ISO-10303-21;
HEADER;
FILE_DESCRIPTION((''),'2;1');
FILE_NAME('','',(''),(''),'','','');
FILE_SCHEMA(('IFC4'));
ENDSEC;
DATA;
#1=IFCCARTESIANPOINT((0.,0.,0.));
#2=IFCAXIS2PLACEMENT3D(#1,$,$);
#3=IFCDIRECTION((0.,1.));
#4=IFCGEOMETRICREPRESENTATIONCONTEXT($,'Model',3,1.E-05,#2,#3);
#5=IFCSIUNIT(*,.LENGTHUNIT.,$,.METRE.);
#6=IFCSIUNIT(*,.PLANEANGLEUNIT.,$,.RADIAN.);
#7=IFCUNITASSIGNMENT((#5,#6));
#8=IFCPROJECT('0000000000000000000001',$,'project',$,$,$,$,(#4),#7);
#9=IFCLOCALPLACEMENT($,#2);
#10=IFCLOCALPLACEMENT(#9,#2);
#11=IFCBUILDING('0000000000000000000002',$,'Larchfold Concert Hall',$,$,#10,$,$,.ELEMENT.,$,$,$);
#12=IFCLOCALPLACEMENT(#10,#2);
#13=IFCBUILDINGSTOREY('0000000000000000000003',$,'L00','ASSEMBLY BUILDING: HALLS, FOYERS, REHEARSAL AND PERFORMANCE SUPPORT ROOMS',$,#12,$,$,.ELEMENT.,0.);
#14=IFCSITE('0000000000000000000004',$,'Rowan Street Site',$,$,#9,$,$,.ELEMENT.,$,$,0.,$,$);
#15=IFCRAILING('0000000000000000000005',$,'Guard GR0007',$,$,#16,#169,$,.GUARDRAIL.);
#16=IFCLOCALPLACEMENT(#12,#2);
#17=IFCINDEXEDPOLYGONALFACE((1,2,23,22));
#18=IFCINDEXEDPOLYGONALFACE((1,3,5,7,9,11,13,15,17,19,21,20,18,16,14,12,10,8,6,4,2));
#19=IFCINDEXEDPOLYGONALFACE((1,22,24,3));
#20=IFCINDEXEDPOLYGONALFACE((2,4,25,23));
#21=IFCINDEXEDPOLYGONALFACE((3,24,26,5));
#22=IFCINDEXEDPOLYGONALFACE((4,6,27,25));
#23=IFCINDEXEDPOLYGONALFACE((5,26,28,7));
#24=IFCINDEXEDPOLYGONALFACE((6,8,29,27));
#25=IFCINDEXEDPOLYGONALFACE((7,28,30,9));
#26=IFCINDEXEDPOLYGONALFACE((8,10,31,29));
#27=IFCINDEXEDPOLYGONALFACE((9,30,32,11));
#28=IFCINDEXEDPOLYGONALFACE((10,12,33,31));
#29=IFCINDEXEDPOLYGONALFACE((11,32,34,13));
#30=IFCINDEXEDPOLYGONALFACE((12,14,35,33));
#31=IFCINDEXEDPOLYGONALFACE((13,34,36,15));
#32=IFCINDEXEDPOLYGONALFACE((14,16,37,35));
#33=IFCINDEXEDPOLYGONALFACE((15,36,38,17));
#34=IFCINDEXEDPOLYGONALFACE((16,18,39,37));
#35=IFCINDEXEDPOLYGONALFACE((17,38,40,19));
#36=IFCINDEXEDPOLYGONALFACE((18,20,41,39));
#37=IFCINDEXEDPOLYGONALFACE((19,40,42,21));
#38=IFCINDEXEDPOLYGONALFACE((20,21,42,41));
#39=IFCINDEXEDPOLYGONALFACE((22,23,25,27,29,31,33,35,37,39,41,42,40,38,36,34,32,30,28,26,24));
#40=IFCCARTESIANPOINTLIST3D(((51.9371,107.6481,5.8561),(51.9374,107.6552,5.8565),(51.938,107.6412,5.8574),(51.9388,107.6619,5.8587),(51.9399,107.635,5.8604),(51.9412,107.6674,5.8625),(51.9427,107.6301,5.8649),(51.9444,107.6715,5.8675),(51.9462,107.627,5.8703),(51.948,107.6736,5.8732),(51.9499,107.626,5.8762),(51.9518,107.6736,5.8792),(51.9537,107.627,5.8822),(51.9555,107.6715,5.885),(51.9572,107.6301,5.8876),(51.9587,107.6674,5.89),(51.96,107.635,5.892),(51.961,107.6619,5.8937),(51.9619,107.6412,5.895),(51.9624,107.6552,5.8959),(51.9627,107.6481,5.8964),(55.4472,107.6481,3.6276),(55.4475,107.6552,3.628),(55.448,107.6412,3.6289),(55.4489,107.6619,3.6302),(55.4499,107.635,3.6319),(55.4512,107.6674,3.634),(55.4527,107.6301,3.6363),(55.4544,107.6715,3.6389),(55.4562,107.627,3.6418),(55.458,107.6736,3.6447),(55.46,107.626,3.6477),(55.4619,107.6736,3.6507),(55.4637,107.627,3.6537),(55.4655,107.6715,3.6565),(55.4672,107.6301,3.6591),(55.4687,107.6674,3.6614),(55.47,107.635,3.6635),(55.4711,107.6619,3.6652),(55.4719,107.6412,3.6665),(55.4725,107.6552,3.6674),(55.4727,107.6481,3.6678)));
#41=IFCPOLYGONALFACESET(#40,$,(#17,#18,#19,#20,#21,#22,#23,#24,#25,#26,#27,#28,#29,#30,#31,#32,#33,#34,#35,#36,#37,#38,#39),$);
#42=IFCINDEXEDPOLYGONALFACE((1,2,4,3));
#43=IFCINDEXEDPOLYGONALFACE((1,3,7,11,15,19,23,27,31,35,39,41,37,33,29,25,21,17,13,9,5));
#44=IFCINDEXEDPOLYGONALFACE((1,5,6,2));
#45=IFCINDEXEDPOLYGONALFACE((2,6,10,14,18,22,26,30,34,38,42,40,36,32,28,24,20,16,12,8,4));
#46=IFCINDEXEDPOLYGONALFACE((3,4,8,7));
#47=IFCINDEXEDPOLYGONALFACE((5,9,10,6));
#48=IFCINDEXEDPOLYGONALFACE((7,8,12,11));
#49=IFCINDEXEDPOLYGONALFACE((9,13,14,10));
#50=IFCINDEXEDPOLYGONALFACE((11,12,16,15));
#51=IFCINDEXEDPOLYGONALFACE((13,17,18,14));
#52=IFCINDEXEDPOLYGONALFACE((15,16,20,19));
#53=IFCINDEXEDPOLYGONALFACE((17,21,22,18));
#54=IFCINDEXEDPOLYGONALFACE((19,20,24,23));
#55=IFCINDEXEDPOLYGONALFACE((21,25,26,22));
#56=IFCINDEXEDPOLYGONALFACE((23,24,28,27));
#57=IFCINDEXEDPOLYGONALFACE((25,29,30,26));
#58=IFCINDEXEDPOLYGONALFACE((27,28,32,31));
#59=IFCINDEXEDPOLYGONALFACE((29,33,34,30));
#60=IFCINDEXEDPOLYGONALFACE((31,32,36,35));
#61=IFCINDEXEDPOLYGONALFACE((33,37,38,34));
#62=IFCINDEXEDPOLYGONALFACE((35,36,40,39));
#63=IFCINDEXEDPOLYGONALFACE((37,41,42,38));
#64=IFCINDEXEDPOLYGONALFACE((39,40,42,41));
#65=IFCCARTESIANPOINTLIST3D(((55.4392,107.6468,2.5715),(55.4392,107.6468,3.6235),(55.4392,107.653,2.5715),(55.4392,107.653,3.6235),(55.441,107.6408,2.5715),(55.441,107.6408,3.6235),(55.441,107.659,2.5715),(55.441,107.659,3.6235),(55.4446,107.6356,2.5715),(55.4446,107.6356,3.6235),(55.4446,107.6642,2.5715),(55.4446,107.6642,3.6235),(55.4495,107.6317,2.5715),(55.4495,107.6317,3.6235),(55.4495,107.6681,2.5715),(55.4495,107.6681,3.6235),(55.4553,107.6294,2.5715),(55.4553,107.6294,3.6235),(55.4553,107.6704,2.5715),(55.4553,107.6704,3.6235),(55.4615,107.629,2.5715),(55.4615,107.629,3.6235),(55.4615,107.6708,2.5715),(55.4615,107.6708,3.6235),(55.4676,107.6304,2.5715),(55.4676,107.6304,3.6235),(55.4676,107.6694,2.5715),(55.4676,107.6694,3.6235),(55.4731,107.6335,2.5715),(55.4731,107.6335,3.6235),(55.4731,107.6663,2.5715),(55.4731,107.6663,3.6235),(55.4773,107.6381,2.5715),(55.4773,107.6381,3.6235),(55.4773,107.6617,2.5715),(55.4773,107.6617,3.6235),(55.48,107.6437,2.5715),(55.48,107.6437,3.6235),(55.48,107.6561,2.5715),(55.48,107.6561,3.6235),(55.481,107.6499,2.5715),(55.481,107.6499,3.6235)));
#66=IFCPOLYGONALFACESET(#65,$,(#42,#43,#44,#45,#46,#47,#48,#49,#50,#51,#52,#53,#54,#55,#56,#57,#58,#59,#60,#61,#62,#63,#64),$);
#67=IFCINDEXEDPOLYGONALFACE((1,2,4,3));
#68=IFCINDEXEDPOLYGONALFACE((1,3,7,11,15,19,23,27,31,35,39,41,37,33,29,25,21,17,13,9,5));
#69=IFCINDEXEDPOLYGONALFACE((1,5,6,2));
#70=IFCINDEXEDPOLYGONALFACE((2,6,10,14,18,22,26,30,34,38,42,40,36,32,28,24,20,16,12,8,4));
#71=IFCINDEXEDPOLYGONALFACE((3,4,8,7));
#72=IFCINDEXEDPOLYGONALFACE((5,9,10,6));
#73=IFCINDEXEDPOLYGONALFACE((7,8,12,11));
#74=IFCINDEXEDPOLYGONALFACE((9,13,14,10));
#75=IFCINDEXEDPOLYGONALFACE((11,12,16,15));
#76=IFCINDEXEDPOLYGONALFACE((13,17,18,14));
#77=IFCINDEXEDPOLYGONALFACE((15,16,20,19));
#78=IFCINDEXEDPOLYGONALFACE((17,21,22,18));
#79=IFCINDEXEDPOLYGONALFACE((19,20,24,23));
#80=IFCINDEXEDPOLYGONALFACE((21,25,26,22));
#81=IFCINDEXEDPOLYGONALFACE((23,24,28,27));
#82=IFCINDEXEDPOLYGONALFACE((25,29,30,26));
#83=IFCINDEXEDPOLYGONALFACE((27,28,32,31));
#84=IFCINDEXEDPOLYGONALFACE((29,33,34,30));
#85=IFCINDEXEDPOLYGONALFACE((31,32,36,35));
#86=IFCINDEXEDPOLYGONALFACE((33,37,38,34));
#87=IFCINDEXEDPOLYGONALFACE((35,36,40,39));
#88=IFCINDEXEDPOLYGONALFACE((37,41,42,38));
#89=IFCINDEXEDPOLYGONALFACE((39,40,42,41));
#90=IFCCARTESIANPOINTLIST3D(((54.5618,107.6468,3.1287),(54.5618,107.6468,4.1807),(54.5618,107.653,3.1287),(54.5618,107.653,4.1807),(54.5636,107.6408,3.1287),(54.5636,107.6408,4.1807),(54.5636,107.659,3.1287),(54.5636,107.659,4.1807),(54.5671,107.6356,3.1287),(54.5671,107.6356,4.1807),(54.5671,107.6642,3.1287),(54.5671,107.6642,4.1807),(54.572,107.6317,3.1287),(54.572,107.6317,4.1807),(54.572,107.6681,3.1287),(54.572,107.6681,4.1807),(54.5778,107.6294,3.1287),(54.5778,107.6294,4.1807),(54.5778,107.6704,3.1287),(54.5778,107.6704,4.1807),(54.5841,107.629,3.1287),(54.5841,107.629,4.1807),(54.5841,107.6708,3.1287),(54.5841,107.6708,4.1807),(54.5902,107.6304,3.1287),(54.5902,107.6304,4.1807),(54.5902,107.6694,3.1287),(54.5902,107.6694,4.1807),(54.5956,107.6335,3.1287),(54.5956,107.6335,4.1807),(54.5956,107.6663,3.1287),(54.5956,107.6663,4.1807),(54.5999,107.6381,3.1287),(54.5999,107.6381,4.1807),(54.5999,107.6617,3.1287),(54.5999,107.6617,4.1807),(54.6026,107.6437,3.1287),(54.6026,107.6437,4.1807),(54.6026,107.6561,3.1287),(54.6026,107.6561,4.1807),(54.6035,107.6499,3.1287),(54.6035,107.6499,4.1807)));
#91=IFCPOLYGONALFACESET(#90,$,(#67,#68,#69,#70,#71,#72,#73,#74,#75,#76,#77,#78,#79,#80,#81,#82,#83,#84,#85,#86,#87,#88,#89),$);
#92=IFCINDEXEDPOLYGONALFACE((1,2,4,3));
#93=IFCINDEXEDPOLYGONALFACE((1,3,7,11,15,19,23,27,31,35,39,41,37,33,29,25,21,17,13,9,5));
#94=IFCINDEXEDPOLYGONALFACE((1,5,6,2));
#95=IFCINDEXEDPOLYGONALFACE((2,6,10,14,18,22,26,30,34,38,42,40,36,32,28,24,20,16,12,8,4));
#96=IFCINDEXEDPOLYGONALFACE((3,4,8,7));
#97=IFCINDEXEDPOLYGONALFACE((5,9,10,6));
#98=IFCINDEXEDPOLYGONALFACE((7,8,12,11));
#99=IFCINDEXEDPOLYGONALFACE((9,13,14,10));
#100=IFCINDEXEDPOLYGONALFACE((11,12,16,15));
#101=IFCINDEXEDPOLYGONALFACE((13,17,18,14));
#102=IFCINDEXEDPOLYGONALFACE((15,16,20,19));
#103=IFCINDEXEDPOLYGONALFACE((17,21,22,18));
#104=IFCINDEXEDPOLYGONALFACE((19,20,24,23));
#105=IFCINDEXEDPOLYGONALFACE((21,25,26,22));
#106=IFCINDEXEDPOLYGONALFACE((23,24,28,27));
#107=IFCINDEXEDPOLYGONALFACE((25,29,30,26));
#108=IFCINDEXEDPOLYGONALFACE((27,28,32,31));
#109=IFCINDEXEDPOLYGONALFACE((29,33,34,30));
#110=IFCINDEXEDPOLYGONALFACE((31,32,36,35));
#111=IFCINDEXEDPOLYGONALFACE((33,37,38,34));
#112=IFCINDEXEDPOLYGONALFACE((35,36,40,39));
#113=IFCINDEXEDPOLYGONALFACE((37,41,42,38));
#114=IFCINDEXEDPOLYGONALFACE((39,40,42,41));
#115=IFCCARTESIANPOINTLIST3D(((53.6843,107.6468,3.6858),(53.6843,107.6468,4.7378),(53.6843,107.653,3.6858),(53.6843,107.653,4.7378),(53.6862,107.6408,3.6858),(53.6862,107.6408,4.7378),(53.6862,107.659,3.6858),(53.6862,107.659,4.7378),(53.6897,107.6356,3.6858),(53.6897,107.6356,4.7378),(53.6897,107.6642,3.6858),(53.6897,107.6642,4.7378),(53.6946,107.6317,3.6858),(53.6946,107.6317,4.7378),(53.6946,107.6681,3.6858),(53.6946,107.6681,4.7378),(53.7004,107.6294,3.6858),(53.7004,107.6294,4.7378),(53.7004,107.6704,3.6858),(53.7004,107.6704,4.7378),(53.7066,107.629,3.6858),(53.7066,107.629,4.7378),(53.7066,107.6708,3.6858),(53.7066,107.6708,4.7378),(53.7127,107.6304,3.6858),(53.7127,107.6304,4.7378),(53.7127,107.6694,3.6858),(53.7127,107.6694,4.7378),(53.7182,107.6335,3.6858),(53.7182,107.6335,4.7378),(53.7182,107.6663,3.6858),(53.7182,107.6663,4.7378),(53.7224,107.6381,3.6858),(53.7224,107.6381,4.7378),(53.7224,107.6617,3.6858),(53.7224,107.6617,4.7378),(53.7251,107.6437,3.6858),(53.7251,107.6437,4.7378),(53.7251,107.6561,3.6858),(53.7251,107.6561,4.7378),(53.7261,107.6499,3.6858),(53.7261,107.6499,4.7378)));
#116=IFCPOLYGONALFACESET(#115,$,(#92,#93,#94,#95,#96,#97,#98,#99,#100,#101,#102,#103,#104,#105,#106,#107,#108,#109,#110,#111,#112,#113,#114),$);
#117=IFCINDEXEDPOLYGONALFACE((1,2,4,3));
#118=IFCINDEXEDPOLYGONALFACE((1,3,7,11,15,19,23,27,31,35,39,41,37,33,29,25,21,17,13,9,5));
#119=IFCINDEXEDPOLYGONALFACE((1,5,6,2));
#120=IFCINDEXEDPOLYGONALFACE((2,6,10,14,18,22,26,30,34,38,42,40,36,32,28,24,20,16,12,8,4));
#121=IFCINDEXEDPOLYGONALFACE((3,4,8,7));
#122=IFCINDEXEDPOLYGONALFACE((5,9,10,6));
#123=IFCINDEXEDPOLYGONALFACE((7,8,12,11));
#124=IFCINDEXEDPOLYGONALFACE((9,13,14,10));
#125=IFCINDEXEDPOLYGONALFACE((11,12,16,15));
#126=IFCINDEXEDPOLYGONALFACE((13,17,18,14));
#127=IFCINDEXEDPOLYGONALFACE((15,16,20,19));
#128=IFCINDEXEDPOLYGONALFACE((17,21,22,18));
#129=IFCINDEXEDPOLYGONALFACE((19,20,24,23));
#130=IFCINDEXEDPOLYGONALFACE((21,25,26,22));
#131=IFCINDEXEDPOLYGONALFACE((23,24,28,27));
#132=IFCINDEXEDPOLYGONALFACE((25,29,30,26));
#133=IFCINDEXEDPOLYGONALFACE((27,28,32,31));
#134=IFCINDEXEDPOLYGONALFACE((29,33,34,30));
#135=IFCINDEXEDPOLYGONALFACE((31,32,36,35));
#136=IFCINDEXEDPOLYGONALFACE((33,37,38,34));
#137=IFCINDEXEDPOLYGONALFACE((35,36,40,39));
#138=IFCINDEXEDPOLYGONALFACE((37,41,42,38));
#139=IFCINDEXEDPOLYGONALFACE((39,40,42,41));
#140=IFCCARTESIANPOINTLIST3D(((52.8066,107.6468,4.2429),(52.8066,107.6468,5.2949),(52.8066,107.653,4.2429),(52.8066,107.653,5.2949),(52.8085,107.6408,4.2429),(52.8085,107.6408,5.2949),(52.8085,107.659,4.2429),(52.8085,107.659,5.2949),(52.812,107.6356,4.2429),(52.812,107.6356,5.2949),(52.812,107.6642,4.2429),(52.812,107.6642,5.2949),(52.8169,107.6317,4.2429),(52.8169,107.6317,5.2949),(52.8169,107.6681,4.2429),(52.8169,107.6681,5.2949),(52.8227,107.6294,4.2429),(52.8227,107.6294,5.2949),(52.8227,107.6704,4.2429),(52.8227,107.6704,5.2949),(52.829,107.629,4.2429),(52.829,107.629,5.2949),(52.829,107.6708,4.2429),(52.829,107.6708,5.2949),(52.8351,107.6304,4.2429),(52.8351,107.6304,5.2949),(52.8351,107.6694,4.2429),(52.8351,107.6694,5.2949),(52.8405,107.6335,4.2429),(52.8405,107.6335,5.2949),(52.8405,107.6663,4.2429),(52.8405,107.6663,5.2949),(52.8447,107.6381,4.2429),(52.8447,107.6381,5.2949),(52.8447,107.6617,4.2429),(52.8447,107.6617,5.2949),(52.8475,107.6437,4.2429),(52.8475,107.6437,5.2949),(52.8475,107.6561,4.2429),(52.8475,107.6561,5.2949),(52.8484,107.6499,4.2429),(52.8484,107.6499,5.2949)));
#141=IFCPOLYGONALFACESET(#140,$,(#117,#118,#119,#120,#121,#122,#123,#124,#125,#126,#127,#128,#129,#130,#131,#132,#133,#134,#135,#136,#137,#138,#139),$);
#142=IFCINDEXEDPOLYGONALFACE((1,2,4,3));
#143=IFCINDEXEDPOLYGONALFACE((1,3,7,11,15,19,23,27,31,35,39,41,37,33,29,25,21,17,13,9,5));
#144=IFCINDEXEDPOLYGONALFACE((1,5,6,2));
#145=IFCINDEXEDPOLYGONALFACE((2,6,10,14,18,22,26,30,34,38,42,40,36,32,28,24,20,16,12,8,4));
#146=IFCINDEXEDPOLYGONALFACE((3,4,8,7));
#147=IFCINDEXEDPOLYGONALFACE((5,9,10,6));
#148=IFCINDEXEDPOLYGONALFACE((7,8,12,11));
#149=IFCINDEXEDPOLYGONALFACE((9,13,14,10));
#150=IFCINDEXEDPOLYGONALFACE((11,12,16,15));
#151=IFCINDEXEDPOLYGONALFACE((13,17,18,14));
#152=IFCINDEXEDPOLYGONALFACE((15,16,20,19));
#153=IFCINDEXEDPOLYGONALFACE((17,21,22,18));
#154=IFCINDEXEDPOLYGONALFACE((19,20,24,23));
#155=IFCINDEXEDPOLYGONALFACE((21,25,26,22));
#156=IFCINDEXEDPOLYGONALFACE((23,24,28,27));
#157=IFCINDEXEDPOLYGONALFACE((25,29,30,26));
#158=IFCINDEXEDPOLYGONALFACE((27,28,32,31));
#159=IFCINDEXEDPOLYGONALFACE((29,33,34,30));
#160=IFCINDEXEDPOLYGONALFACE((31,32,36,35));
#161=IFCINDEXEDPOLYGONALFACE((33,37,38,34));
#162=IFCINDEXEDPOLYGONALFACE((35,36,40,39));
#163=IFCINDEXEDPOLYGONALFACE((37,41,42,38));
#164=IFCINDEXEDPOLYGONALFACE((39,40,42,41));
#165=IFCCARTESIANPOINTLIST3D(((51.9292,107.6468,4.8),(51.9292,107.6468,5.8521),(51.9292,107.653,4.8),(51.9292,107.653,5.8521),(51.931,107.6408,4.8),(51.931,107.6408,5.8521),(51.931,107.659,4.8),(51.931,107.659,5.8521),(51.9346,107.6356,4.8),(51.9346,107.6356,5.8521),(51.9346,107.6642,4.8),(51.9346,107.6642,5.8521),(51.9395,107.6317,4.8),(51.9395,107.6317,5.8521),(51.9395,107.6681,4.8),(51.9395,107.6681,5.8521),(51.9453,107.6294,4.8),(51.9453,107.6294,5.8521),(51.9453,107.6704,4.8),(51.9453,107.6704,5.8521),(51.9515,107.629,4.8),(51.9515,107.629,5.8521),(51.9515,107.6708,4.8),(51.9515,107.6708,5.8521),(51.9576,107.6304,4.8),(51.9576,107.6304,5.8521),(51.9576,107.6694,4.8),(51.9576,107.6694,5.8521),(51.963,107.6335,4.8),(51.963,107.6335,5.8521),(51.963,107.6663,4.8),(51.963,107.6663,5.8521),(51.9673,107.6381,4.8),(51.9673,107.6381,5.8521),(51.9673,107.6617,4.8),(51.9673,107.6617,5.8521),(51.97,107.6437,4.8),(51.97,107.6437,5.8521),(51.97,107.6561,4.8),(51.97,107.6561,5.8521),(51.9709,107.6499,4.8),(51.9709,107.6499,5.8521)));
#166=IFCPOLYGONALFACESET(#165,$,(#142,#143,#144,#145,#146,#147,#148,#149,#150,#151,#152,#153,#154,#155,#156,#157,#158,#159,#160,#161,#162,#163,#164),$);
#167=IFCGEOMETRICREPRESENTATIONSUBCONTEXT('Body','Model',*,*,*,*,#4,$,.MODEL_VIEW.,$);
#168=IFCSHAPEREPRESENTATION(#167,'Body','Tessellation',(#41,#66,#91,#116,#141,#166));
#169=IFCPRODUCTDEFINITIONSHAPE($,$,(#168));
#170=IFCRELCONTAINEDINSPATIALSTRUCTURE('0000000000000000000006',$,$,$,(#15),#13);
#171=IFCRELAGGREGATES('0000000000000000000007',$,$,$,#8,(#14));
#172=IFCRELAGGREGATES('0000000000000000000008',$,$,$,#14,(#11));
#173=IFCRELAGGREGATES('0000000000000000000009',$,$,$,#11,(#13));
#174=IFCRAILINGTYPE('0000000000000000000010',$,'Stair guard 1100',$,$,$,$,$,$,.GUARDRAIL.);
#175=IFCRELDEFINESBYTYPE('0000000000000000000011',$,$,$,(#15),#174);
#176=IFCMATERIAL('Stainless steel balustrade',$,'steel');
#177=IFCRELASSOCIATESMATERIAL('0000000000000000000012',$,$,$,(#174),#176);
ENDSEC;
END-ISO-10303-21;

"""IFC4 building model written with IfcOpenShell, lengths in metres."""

from ifc_helpers import new_model, si_unit, direction, frame, origin, origin_2d, place, context, subcontext, project, spatial, circle, extrude, material, type_object, element, save


model = new_model("IFC4")

# Units and contexts
model_context = context("Model", 3, precision=1e-05, world=origin(), true_north=direction((0.0, 1.0)))
body_context = subcontext(model_context, "Body", "Model", "MODEL_VIEW")
ifc_project = project(units=[si_unit("LENGTHUNIT", "METRE"), si_unit("PLANEANGLEUNIT", "RADIAN")], contexts=[model_context])

# Site, building, storey
site_placement = place(None, origin())
site = spatial("IfcSite", under=ifc_project, at=site_placement, Name="Rowan Street Site", CompositionType="ELEMENT", RefElevation=0.0)
building_placement = place(site_placement, origin())
building = spatial("IfcBuilding", under=site, at=building_placement, Name="Larchfold Concert Hall", CompositionType="ELEMENT")
storey_placement = place(building_placement, origin())
storey = spatial("IfcBuildingStorey", under=building, at=storey_placement, Name="L00", Description="ASSEMBLY BUILDING: HALLS, FOYERS, REHEARSAL AND PERFORMANCE SUPPORT ROOMS", CompositionType="ELEMENT", Elevation=0.0)

# Railing
ifc_material_1 = material(Name="Stainless steel balustrade", Category="steel")
railing_type_1 = type_object("IfcRailingType", Name="Stair guard 1100", PredefinedType="GUARDRAIL", material=ifc_material_1)
railing_1_placement = place(storey_placement, frame((55.46, 107.6499, 2.5715)))
element("IfcRailing", 1, at=railing_1_placement, inside=storey, type_object=railing_type_1, Name="Guard GR0007", PredefinedType="GUARDRAIL", context=body_context, shape_type="SweptSolid", body=[
    extrude(circle(Radius=0.0239, at=origin_2d()), frame((0.0, 0.0, 1.0762), z_axis=(-0.84422, 0.0, 0.535998), x_axis=(0.0, -1.0, 0.0)), (0.0, 0.0, 1.0), 4.1577),
    extrude(circle(Radius=0.021, at=origin_2d()), origin(), (0.0, 0.0, 1.0), 1.052),
    extrude(circle(Radius=0.021, at=origin_2d()), frame((-0.8774, 0.0, 0.5571)), (0.0, 0.0, 1.0), 1.052),
    extrude(circle(Radius=0.021, at=origin_2d()), frame((-1.7549, 0.0, 1.1143)), (0.0, 0.0, 1.0), 1.052),
    extrude(circle(Radius=0.021, at=origin_2d()), frame((-2.6326, 0.0, 1.6714)), (0.0, 0.0, 1.0), 1.052),
    extrude(circle(Radius=0.021, at=origin_2d()), frame((-3.51, 0.0, 2.2285)), (0.0, 0.0, 1.0), 1.052),
])

save(model, "model.ifc")
